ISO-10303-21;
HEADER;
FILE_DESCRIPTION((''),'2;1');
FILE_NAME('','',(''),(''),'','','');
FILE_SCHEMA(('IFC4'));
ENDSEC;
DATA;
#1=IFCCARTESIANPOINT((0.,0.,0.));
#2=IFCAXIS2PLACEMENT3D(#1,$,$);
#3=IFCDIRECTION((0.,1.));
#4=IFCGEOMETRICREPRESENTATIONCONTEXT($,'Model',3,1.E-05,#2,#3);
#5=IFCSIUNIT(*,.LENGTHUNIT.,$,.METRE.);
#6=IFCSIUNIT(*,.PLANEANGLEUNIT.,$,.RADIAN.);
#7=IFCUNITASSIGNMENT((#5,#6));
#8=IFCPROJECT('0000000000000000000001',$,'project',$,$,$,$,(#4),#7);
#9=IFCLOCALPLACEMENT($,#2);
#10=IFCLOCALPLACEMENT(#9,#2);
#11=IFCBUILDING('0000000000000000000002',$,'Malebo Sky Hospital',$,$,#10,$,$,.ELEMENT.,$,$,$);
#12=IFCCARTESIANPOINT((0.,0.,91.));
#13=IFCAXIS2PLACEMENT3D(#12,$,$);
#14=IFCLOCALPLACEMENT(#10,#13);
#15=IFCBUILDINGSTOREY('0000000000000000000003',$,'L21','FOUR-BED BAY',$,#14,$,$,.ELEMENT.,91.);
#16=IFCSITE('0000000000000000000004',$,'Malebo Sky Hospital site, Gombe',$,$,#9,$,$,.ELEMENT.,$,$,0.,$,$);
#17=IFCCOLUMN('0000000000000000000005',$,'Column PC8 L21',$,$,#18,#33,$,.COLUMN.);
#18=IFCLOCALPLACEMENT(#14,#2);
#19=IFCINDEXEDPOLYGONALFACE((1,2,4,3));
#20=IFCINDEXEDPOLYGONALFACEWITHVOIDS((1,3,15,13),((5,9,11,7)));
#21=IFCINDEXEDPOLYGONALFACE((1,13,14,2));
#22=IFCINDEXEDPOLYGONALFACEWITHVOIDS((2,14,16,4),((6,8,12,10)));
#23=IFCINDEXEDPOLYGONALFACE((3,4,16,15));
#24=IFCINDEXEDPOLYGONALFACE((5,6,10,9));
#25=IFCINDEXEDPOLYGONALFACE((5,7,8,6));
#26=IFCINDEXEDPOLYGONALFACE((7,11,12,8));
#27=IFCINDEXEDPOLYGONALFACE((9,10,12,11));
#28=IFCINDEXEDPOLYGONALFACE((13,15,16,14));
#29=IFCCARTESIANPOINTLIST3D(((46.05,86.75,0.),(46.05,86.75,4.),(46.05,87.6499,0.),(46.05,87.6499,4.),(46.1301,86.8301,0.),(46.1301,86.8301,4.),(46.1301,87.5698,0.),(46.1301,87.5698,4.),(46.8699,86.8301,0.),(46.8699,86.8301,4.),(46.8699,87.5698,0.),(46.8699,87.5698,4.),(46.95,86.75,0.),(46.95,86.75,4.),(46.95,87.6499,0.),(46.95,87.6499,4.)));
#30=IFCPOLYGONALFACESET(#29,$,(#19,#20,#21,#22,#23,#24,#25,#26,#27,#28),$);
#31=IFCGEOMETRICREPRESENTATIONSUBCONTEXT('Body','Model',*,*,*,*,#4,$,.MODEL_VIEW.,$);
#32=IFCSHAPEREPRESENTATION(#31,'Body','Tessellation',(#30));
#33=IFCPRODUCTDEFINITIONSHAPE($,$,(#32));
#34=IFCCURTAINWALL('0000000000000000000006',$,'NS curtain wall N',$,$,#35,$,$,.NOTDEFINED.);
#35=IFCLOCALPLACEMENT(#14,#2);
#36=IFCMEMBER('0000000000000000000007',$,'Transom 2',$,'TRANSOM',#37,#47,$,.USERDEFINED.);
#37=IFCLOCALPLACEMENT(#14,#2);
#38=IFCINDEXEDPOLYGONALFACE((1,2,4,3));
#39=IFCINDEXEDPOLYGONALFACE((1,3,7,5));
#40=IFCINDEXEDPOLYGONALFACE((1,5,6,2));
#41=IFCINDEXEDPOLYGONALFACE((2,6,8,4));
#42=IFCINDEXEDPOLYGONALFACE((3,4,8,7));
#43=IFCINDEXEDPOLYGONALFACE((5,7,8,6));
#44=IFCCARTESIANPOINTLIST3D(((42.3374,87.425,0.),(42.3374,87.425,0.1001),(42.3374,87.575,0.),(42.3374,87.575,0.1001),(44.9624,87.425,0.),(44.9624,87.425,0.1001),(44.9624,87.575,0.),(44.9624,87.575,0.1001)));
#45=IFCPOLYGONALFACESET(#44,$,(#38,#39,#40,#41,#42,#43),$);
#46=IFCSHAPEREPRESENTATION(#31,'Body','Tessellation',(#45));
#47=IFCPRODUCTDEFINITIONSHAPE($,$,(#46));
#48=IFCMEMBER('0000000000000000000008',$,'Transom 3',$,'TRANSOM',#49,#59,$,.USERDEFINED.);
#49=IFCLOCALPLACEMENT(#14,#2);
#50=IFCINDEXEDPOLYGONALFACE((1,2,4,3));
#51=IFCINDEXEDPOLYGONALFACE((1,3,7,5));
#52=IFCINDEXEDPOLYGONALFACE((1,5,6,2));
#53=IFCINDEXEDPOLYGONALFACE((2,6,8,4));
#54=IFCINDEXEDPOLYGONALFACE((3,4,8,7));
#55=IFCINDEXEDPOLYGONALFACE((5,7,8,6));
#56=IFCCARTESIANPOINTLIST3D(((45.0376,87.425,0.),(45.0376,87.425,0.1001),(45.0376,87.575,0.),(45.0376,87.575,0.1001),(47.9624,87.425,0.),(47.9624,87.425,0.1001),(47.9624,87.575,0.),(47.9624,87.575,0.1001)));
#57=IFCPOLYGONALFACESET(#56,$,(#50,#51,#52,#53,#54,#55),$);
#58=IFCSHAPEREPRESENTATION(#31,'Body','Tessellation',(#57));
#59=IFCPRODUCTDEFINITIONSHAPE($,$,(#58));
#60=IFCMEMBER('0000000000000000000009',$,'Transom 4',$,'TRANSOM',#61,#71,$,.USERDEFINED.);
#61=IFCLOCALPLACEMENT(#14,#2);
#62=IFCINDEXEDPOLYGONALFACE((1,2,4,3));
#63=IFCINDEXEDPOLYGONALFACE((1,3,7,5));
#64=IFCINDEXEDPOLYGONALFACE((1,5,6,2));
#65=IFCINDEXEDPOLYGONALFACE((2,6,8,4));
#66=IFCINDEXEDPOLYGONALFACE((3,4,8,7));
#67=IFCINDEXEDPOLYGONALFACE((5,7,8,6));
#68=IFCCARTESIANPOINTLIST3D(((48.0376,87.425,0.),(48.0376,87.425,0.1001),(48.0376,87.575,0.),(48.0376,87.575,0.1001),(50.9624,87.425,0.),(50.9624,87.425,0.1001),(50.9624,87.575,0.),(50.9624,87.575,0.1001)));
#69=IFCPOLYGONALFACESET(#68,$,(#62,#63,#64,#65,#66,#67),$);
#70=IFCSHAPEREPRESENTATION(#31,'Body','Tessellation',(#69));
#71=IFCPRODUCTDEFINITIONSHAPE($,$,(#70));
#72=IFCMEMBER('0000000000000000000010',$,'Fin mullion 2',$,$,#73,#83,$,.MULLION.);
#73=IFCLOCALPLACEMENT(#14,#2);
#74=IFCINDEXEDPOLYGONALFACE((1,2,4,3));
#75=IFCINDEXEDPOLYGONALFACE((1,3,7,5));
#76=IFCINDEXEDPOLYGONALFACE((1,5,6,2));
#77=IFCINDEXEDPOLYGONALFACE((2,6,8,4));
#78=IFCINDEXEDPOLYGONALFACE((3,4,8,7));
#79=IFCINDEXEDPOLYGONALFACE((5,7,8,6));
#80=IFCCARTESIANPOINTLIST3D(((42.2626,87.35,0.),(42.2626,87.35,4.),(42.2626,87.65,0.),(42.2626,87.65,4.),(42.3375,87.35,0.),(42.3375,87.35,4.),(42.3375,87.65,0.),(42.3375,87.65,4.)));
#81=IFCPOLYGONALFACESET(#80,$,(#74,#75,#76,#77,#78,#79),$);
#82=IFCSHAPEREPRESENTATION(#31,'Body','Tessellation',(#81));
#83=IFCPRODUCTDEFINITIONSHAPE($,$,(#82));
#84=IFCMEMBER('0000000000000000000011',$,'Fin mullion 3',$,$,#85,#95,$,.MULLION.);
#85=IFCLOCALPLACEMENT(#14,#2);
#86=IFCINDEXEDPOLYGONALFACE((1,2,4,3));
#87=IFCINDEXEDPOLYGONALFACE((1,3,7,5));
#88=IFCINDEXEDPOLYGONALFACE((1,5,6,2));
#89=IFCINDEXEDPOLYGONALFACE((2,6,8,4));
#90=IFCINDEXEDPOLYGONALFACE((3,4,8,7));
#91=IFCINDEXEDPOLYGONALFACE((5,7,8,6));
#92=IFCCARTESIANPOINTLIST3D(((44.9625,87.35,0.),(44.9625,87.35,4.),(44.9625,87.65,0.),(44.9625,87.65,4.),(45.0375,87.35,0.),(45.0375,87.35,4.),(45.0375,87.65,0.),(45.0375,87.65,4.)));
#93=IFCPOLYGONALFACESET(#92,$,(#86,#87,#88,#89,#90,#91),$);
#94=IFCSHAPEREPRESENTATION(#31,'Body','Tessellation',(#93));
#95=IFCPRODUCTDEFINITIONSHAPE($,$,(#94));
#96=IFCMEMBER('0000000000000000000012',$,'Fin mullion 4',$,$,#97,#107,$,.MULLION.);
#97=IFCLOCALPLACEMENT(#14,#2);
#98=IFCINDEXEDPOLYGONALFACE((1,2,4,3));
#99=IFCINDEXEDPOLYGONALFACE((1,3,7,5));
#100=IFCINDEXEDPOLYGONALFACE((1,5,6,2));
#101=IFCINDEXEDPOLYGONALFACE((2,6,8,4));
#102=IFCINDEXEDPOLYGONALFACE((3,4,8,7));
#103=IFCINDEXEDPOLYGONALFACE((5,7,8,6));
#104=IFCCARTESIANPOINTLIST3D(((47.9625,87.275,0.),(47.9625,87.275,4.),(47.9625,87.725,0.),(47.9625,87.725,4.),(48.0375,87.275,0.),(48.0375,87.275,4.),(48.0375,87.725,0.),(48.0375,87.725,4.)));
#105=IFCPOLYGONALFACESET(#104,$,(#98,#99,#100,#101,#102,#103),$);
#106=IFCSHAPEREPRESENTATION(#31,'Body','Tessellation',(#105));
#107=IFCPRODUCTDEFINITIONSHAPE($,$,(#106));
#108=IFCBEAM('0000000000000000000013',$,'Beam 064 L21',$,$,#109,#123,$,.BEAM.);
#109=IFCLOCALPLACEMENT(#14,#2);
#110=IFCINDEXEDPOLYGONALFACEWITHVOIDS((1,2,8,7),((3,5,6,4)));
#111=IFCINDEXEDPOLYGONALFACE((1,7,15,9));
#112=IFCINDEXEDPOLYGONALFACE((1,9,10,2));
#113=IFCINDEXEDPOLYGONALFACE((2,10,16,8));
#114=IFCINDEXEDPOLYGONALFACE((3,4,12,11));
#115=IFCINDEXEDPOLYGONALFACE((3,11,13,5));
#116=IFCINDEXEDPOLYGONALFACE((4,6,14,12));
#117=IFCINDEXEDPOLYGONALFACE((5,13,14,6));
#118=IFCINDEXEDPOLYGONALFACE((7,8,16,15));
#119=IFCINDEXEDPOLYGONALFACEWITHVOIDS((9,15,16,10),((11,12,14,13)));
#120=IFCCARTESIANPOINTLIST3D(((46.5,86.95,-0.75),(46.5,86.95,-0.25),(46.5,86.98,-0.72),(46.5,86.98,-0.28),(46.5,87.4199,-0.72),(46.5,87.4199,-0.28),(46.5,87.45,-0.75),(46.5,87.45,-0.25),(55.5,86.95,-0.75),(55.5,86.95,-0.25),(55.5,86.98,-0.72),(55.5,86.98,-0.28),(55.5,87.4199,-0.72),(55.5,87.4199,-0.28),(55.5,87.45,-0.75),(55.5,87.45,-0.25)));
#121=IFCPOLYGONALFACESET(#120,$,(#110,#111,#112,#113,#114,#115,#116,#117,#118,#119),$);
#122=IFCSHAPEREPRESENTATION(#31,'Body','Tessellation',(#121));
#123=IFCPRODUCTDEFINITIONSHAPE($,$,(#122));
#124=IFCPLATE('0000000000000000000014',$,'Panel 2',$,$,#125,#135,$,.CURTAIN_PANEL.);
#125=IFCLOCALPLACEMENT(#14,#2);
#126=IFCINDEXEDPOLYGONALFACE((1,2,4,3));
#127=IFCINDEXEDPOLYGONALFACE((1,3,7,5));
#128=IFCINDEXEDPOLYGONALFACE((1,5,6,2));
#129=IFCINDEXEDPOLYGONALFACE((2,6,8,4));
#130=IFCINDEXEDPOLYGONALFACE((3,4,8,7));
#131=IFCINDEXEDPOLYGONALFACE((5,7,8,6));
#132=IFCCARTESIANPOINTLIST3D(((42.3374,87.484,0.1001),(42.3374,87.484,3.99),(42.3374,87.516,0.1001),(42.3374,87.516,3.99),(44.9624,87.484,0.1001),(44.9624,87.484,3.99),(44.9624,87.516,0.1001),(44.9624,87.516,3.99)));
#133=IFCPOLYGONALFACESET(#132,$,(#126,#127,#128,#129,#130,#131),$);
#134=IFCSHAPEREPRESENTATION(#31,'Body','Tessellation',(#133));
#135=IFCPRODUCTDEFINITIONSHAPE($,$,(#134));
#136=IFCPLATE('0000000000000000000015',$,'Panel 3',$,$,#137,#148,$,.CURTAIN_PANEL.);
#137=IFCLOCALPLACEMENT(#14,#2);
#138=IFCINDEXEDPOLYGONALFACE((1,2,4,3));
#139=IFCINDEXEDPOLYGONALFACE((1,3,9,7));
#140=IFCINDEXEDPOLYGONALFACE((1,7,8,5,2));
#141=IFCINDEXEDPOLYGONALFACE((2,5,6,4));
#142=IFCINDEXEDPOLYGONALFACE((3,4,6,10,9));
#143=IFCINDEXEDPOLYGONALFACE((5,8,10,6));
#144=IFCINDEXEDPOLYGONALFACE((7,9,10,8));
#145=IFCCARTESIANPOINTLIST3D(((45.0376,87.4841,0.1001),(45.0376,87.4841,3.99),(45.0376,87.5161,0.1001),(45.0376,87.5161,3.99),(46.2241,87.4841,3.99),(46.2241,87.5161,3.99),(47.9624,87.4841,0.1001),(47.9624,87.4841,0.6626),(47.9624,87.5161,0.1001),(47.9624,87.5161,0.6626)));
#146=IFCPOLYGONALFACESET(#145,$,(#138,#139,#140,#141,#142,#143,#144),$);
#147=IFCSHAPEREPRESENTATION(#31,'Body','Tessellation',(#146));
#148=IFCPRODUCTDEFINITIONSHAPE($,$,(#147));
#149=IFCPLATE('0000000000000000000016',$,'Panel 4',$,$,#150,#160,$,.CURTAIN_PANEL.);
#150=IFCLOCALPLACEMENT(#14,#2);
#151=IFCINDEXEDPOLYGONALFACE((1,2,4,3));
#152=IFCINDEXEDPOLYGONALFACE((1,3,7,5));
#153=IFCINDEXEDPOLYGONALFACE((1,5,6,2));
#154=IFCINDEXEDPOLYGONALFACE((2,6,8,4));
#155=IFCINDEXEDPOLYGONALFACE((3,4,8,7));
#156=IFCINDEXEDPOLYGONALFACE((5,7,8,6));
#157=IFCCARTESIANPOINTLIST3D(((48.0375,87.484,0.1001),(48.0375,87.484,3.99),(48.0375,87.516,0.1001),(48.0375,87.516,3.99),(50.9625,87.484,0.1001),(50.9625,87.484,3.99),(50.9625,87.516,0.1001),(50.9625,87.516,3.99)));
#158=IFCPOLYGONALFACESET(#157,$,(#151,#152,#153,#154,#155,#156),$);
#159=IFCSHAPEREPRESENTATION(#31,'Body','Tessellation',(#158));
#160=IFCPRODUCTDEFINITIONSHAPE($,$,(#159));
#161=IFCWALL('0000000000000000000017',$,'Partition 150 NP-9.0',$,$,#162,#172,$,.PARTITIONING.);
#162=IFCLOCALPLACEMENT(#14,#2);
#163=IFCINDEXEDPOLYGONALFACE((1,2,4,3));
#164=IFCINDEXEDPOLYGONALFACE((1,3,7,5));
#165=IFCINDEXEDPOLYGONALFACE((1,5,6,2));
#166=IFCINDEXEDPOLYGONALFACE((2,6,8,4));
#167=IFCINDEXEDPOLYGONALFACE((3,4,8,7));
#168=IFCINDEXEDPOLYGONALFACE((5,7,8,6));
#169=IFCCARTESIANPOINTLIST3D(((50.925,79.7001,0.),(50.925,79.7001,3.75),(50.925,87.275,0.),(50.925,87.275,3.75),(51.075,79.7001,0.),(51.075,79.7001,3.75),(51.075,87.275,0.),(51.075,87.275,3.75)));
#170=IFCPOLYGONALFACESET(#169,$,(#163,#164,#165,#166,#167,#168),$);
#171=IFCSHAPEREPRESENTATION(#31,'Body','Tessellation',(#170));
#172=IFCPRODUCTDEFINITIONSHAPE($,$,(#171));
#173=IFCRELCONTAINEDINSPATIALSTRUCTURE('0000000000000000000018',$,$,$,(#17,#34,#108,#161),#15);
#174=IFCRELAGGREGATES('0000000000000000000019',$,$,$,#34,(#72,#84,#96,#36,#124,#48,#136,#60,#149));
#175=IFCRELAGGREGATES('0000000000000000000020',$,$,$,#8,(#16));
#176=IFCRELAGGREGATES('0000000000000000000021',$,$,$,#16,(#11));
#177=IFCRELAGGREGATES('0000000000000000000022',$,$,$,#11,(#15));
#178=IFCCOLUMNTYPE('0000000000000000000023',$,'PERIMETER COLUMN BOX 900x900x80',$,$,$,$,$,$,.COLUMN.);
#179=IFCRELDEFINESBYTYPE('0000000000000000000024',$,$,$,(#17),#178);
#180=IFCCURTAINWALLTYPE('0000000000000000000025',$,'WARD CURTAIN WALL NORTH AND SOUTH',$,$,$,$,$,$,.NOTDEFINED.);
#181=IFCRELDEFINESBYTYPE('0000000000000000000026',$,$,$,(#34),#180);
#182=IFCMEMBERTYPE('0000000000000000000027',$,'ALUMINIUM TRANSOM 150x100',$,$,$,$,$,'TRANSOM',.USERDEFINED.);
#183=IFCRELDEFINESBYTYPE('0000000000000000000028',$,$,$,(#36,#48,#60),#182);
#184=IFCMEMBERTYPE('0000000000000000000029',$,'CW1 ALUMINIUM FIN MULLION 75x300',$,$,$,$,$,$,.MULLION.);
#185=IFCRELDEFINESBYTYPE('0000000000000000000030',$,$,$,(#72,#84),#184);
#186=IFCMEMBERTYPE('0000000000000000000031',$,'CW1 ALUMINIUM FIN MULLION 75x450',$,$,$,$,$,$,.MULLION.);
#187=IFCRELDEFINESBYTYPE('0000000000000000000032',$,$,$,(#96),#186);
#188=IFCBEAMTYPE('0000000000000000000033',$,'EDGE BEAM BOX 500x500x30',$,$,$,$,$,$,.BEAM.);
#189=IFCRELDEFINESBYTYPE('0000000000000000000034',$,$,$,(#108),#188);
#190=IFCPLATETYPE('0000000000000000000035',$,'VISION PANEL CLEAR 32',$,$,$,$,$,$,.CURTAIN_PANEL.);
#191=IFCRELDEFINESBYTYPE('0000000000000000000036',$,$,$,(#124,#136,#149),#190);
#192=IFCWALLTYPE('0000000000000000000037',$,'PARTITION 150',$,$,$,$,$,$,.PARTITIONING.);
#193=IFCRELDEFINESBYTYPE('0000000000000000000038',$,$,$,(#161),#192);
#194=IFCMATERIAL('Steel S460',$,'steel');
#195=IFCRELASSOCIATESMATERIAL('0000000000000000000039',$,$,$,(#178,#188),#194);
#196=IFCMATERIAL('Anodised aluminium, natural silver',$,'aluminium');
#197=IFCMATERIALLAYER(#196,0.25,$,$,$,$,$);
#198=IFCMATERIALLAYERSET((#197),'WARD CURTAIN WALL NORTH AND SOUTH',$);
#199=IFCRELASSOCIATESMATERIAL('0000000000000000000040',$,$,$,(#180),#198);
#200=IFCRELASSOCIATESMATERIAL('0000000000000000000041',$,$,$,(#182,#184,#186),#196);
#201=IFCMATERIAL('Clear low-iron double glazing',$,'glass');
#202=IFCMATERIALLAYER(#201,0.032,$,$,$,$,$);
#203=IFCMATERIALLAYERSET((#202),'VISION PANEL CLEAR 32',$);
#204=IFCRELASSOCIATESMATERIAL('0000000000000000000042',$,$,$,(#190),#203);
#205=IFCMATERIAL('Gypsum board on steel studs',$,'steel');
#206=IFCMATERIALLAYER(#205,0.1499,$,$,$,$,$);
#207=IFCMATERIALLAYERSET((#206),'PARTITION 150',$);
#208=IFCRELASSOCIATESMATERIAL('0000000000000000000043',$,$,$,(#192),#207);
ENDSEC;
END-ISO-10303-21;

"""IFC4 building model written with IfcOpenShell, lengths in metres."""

from ifc_helpers import new_model, si_unit, direction, frame, frame_2d, origin, origin_2d, place, context, subcontext, project, spatial, polyline, rectangle, hollow_rectangle, outline, extrude, material, layer, layer_set, material_profile, profile_set, type_object, element, aggregate, save


model = new_model("IFC4")

# Units and contexts
model_context = context("Model", 3, precision=1e-05, world=origin(), true_north=direction((0.0, 1.0)))
body_context = subcontext(model_context, "Body", "Model", "MODEL_VIEW")
ifc_project = project(units=[si_unit("LENGTHUNIT", "METRE"), si_unit("PLANEANGLEUNIT", "RADIAN")], contexts=[model_context])

# Site, building, storey
site_placement = place(None, origin())
site = spatial("IfcSite", under=ifc_project, at=site_placement, Name="Malebo Sky Hospital site, Gombe", CompositionType="ELEMENT", RefElevation=0.0)
building_placement = place(site_placement, origin())
building = spatial("IfcBuilding", under=site, at=building_placement, Name="Malebo Sky Hospital", CompositionType="ELEMENT")
storey_placement = place(building_placement, frame((0.0, 0.0, 91.0)))
storey = spatial("IfcBuildingStorey", under=building, at=storey_placement, Name="L21", Description="FOUR-BED BAY", CompositionType="ELEMENT", Elevation=91.0)

# Column
ifc_material_1 = material(Name="Steel S460", Category="steel")
ifc_material_profile_1 = material_profile(ifc_material_1, hollow_rectangle(XDim=0.8999, YDim=0.8999, WallThickness=0.0801, at=origin_2d()), Name="BOX 900x900x80")
ifc_profile_set_1 = profile_set([ifc_material_profile_1], Name="Steel S460")
column_type = type_object("IfcColumnType", Name="PERIMETER COLUMN BOX 900x900x80", PredefinedType="COLUMN", material=ifc_profile_set_1)
column_placement = place(storey_placement, frame((46.5, 87.2, 0.0), z_axis=(0.0, 0.0, 1.0), x_axis=(1.0, 0.0, 0.0)))
element("IfcColumn", 1, at=column_placement, inside=storey, type_object=column_type, Name="Column PC8 L21", PredefinedType="COLUMN", context=body_context, shape_type="SweptSolid", body=[
    extrude(hollow_rectangle(XDim=0.8999, YDim=0.8999, WallThickness=0.0801, at=origin_2d()), origin(), (0.0, 0.0, 1.0), 4.0),
])

# Curtain wall, members
ifc_material_2 = material(Name="Anodised aluminium, natural silver", Category="aluminium")
ifc_layer_1 = layer(ifc_material_2, 0.25)
ifc_layer_set_1 = layer_set([ifc_layer_1], Name="WARD CURTAIN WALL NORTH AND SOUTH")
curtain_wall_type = type_object("IfcCurtainWallType", Name="WARD CURTAIN WALL NORTH AND SOUTH", PredefinedType="NOTDEFINED", material=ifc_layer_set_1)
curtain_wall_placement = place(storey_placement, origin())
curtain_wall = element("IfcCurtainWall", 2, at=curtain_wall_placement, inside=storey, type_object=curtain_wall_type, Name="NS curtain wall N", PredefinedType="NOTDEFINED")
ifc_material_profile_2 = material_profile(ifc_material_2, rectangle(XDim=0.1499, YDim=0.1001, at=origin_2d()), Name="ALUMINIUM TRANSOM 150x100")
ifc_profile_set_2 = profile_set([ifc_material_profile_2], Name="Anodised aluminium, natural silver")
member_type_1 = type_object("IfcMemberType", Name="ALUMINIUM TRANSOM 150x100", ElementType="TRANSOM", PredefinedType="USERDEFINED", material=ifc_profile_set_2)
member_1_placement = place(storey_placement, frame((42.3374, 87.5, 0.05), z_axis=(1.0, 0.0, 0.0), x_axis=(0.0, 1.0, 0.0)))
member_1 = element("IfcMember", 3, at=member_1_placement, type_object=member_type_1, Name="Transom 2", ObjectType="TRANSOM", PredefinedType="USERDEFINED", context=body_context, shape_type="SweptSolid", body=[
    extrude(rectangle(XDim=0.1499, YDim=0.1001, at=origin_2d()), origin(), (0.0, 0.0, 1.0), 2.625),
])
member_2_placement = place(storey_placement, frame((45.0376, 87.5, 0.05), z_axis=(1.0, 0.0, 0.0), x_axis=(0.0, 1.0, 0.0)))
member_2 = element("IfcMember", 4, at=member_2_placement, type_object=member_type_1, Name="Transom 3", ObjectType="TRANSOM", PredefinedType="USERDEFINED", context=body_context, shape_type="SweptSolid", body=[
    extrude(rectangle(XDim=0.1499, YDim=0.1001, at=origin_2d()), origin(), (0.0, 0.0, 1.0), 2.9248),
])
member_3_placement = place(storey_placement, frame((48.0376, 87.5, 0.05), z_axis=(1.0, 0.0, 0.0), x_axis=(0.0, 1.0, 0.0)))
member_3 = element("IfcMember", 5, at=member_3_placement, type_object=member_type_1, Name="Transom 4", ObjectType="TRANSOM", PredefinedType="USERDEFINED", context=body_context, shape_type="SweptSolid", body=[
    extrude(rectangle(XDim=0.1499, YDim=0.1001, at=origin_2d()), origin(), (0.0, 0.0, 1.0), 2.9248),
])
ifc_material_profile_3 = material_profile(ifc_material_2, rectangle(XDim=0.075, YDim=0.3, at=origin_2d()), Name="CW1 ALUMINIUM FIN MULLION 75x300")
ifc_profile_set_3 = profile_set([ifc_material_profile_3], Name="Anodised aluminium, natural silver")
member_type_2 = type_object("IfcMemberType", Name="CW1 ALUMINIUM FIN MULLION 75x300", PredefinedType="MULLION", material=ifc_profile_set_3)
member_4_placement = place(storey_placement, frame((42.3, 87.5, 0.0), z_axis=(0.0, 0.0, 1.0), x_axis=(1.0, 0.0, 0.0)))
member_4 = element("IfcMember", 6, at=member_4_placement, type_object=member_type_2, Name="Fin mullion 2", PredefinedType="MULLION", context=body_context, shape_type="SweptSolid", body=[
    extrude(rectangle(XDim=0.075, YDim=0.3, at=origin_2d()), origin(), (0.0, 0.0, 1.0), 4.0),
])
member_5_placement = place(storey_placement, frame((45.0, 87.5, 0.0), z_axis=(0.0, 0.0, 1.0), x_axis=(1.0, 0.0, 0.0)))
member_5 = element("IfcMember", 7, at=member_5_placement, type_object=member_type_2, Name="Fin mullion 3", PredefinedType="MULLION", context=body_context, shape_type="SweptSolid", body=[
    extrude(rectangle(XDim=0.075, YDim=0.3, at=origin_2d()), origin(), (0.0, 0.0, 1.0), 4.0),
])
ifc_material_profile_4 = material_profile(ifc_material_2, rectangle(XDim=0.075, YDim=0.45, at=origin_2d()), Name="CW1 ALUMINIUM FIN MULLION 75x450")
ifc_profile_set_4 = profile_set([ifc_material_profile_4], Name="Anodised aluminium, natural silver")
member_type_3 = type_object("IfcMemberType", Name="CW1 ALUMINIUM FIN MULLION 75x450", PredefinedType="MULLION", material=ifc_profile_set_4)
member_6_placement = place(storey_placement, frame((48.0, 87.5, 0.0), z_axis=(0.0, 0.0, 1.0), x_axis=(1.0, 0.0, 0.0)))
member_6 = element("IfcMember", 8, at=member_6_placement, type_object=member_type_3, Name="Fin mullion 4", PredefinedType="MULLION", context=body_context, shape_type="SweptSolid", body=[
    extrude(rectangle(XDim=0.075, YDim=0.45, at=origin_2d()), origin(), (0.0, 0.0, 1.0), 4.0),
])

# Beam
ifc_material_profile_5 = material_profile(ifc_material_1, hollow_rectangle(XDim=0.5, YDim=0.5, WallThickness=0.03, at=origin_2d()), Name="BOX 500x500x30")
ifc_profile_set_5 = profile_set([ifc_material_profile_5], Name="Steel S460")
beam_type = type_object("IfcBeamType", Name="EDGE BEAM BOX 500x500x30", PredefinedType="BEAM", material=ifc_profile_set_5)
beam_placement = place(storey_placement, frame((46.5, 87.2, -0.5), z_axis=(1.0, 0.0, 0.0), x_axis=(0.0, 1.0, 0.0)))
element("IfcBeam", 9, at=beam_placement, inside=storey, type_object=beam_type, Name="Beam 064 L21", PredefinedType="BEAM", context=body_context, shape_type="SweptSolid", body=[
    extrude(hollow_rectangle(XDim=0.5, YDim=0.5, WallThickness=0.03, at=origin_2d()), origin(), (0.0, 0.0, 1.0), 9.0),
])

# Plates
ifc_material_3 = material(Name="Clear low-iron double glazing", Category="glass")
ifc_layer_2 = layer(ifc_material_3, 0.032)
ifc_layer_set_2 = layer_set([ifc_layer_2], Name="VISION PANEL CLEAR 32")
plate_type = type_object("IfcPlateType", Name="VISION PANEL CLEAR 32", PredefinedType="CURTAIN_PANEL", material=ifc_layer_set_2)
plate_1_placement = place(storey_placement, frame((43.6499, 87.5, 0.1001), z_axis=(0.0, 0.0, 1.0), x_axis=(1.0, 0.0, 0.0)))
plate_1 = element("IfcPlate", 10, at=plate_1_placement, type_object=plate_type, Name="Panel 2", PredefinedType="CURTAIN_PANEL", context=body_context, shape_type="SweptSolid", body=[
    extrude(rectangle(XDim=2.625, YDim=0.032, at=origin_2d()), origin(), (0.0, 0.0, 1.0), 3.8899),
])
plate_2_placement = place(storey_placement, frame((46.5, 87.5, 0.1001), z_axis=(0.0, 0.0, 1.0), x_axis=(1.0, 0.0, 0.0)))
plate_2 = element("IfcPlate", 11, at=plate_2_placement, type_object=plate_type, Name="Panel 3", PredefinedType="CURTAIN_PANEL", context=body_context, shape_type="SweptSolid", body=[
    extrude(outline(polyline([(-1.4624, 0.0), (1.4624, 0.0), (1.4624, 0.5625), (-0.2759, 3.8899), (-1.4624, 3.8899), (-1.4624, 0.0)])), frame((0.0, 0.0161, 0.0), z_axis=(0.0, -1.0, 0.0), x_axis=(1.0, 0.0, 0.0)), (0.0, 0.0, 1.0), 0.032),
])
plate_3_placement = place(storey_placement, frame((49.5, 87.5, 0.1001), z_axis=(0.0, 0.0, 1.0), x_axis=(1.0, 0.0, 0.0)))
plate_3 = element("IfcPlate", 12, at=plate_3_placement, type_object=plate_type, Name="Panel 4", PredefinedType="CURTAIN_PANEL", context=body_context, shape_type="SweptSolid", body=[
    extrude(rectangle(XDim=2.925, YDim=0.032, at=origin_2d()), origin(), (0.0, 0.0, 1.0), 3.8899),
])
aggregate(curtain_wall, [member_4, member_5, member_6, member_1, plate_1, member_2, plate_2, member_3, plate_3])

# Wall
ifc_material_4 = material(Name="Gypsum board on steel studs", Category="steel")
ifc_layer_3 = layer(ifc_material_4, 0.1499)
ifc_layer_set_3 = layer_set([ifc_layer_3], Name="PARTITION 150")
wall_type = type_object("IfcWallType", Name="PARTITION 150", PredefinedType="PARTITIONING", material=ifc_layer_set_3)
wall_1_placement = place(storey_placement, frame((51.0, 79.7, 0.0), z_axis=(0.0, 0.0, 1.0), x_axis=(0.0, 1.0, 0.0)))
element("IfcWall", 13, at=wall_1_placement, inside=storey, type_object=wall_type, Name="Partition 150 NP-9.0", PredefinedType="PARTITIONING", context=body_context, shape_type="SweptSolid", body=[
    extrude(rectangle(XDim=7.575, YDim=0.1499, at=frame_2d((3.7876, 0.0))), origin(), (0.0, 0.0, 1.0), 3.75),
])

save(model, "model.ifc")
